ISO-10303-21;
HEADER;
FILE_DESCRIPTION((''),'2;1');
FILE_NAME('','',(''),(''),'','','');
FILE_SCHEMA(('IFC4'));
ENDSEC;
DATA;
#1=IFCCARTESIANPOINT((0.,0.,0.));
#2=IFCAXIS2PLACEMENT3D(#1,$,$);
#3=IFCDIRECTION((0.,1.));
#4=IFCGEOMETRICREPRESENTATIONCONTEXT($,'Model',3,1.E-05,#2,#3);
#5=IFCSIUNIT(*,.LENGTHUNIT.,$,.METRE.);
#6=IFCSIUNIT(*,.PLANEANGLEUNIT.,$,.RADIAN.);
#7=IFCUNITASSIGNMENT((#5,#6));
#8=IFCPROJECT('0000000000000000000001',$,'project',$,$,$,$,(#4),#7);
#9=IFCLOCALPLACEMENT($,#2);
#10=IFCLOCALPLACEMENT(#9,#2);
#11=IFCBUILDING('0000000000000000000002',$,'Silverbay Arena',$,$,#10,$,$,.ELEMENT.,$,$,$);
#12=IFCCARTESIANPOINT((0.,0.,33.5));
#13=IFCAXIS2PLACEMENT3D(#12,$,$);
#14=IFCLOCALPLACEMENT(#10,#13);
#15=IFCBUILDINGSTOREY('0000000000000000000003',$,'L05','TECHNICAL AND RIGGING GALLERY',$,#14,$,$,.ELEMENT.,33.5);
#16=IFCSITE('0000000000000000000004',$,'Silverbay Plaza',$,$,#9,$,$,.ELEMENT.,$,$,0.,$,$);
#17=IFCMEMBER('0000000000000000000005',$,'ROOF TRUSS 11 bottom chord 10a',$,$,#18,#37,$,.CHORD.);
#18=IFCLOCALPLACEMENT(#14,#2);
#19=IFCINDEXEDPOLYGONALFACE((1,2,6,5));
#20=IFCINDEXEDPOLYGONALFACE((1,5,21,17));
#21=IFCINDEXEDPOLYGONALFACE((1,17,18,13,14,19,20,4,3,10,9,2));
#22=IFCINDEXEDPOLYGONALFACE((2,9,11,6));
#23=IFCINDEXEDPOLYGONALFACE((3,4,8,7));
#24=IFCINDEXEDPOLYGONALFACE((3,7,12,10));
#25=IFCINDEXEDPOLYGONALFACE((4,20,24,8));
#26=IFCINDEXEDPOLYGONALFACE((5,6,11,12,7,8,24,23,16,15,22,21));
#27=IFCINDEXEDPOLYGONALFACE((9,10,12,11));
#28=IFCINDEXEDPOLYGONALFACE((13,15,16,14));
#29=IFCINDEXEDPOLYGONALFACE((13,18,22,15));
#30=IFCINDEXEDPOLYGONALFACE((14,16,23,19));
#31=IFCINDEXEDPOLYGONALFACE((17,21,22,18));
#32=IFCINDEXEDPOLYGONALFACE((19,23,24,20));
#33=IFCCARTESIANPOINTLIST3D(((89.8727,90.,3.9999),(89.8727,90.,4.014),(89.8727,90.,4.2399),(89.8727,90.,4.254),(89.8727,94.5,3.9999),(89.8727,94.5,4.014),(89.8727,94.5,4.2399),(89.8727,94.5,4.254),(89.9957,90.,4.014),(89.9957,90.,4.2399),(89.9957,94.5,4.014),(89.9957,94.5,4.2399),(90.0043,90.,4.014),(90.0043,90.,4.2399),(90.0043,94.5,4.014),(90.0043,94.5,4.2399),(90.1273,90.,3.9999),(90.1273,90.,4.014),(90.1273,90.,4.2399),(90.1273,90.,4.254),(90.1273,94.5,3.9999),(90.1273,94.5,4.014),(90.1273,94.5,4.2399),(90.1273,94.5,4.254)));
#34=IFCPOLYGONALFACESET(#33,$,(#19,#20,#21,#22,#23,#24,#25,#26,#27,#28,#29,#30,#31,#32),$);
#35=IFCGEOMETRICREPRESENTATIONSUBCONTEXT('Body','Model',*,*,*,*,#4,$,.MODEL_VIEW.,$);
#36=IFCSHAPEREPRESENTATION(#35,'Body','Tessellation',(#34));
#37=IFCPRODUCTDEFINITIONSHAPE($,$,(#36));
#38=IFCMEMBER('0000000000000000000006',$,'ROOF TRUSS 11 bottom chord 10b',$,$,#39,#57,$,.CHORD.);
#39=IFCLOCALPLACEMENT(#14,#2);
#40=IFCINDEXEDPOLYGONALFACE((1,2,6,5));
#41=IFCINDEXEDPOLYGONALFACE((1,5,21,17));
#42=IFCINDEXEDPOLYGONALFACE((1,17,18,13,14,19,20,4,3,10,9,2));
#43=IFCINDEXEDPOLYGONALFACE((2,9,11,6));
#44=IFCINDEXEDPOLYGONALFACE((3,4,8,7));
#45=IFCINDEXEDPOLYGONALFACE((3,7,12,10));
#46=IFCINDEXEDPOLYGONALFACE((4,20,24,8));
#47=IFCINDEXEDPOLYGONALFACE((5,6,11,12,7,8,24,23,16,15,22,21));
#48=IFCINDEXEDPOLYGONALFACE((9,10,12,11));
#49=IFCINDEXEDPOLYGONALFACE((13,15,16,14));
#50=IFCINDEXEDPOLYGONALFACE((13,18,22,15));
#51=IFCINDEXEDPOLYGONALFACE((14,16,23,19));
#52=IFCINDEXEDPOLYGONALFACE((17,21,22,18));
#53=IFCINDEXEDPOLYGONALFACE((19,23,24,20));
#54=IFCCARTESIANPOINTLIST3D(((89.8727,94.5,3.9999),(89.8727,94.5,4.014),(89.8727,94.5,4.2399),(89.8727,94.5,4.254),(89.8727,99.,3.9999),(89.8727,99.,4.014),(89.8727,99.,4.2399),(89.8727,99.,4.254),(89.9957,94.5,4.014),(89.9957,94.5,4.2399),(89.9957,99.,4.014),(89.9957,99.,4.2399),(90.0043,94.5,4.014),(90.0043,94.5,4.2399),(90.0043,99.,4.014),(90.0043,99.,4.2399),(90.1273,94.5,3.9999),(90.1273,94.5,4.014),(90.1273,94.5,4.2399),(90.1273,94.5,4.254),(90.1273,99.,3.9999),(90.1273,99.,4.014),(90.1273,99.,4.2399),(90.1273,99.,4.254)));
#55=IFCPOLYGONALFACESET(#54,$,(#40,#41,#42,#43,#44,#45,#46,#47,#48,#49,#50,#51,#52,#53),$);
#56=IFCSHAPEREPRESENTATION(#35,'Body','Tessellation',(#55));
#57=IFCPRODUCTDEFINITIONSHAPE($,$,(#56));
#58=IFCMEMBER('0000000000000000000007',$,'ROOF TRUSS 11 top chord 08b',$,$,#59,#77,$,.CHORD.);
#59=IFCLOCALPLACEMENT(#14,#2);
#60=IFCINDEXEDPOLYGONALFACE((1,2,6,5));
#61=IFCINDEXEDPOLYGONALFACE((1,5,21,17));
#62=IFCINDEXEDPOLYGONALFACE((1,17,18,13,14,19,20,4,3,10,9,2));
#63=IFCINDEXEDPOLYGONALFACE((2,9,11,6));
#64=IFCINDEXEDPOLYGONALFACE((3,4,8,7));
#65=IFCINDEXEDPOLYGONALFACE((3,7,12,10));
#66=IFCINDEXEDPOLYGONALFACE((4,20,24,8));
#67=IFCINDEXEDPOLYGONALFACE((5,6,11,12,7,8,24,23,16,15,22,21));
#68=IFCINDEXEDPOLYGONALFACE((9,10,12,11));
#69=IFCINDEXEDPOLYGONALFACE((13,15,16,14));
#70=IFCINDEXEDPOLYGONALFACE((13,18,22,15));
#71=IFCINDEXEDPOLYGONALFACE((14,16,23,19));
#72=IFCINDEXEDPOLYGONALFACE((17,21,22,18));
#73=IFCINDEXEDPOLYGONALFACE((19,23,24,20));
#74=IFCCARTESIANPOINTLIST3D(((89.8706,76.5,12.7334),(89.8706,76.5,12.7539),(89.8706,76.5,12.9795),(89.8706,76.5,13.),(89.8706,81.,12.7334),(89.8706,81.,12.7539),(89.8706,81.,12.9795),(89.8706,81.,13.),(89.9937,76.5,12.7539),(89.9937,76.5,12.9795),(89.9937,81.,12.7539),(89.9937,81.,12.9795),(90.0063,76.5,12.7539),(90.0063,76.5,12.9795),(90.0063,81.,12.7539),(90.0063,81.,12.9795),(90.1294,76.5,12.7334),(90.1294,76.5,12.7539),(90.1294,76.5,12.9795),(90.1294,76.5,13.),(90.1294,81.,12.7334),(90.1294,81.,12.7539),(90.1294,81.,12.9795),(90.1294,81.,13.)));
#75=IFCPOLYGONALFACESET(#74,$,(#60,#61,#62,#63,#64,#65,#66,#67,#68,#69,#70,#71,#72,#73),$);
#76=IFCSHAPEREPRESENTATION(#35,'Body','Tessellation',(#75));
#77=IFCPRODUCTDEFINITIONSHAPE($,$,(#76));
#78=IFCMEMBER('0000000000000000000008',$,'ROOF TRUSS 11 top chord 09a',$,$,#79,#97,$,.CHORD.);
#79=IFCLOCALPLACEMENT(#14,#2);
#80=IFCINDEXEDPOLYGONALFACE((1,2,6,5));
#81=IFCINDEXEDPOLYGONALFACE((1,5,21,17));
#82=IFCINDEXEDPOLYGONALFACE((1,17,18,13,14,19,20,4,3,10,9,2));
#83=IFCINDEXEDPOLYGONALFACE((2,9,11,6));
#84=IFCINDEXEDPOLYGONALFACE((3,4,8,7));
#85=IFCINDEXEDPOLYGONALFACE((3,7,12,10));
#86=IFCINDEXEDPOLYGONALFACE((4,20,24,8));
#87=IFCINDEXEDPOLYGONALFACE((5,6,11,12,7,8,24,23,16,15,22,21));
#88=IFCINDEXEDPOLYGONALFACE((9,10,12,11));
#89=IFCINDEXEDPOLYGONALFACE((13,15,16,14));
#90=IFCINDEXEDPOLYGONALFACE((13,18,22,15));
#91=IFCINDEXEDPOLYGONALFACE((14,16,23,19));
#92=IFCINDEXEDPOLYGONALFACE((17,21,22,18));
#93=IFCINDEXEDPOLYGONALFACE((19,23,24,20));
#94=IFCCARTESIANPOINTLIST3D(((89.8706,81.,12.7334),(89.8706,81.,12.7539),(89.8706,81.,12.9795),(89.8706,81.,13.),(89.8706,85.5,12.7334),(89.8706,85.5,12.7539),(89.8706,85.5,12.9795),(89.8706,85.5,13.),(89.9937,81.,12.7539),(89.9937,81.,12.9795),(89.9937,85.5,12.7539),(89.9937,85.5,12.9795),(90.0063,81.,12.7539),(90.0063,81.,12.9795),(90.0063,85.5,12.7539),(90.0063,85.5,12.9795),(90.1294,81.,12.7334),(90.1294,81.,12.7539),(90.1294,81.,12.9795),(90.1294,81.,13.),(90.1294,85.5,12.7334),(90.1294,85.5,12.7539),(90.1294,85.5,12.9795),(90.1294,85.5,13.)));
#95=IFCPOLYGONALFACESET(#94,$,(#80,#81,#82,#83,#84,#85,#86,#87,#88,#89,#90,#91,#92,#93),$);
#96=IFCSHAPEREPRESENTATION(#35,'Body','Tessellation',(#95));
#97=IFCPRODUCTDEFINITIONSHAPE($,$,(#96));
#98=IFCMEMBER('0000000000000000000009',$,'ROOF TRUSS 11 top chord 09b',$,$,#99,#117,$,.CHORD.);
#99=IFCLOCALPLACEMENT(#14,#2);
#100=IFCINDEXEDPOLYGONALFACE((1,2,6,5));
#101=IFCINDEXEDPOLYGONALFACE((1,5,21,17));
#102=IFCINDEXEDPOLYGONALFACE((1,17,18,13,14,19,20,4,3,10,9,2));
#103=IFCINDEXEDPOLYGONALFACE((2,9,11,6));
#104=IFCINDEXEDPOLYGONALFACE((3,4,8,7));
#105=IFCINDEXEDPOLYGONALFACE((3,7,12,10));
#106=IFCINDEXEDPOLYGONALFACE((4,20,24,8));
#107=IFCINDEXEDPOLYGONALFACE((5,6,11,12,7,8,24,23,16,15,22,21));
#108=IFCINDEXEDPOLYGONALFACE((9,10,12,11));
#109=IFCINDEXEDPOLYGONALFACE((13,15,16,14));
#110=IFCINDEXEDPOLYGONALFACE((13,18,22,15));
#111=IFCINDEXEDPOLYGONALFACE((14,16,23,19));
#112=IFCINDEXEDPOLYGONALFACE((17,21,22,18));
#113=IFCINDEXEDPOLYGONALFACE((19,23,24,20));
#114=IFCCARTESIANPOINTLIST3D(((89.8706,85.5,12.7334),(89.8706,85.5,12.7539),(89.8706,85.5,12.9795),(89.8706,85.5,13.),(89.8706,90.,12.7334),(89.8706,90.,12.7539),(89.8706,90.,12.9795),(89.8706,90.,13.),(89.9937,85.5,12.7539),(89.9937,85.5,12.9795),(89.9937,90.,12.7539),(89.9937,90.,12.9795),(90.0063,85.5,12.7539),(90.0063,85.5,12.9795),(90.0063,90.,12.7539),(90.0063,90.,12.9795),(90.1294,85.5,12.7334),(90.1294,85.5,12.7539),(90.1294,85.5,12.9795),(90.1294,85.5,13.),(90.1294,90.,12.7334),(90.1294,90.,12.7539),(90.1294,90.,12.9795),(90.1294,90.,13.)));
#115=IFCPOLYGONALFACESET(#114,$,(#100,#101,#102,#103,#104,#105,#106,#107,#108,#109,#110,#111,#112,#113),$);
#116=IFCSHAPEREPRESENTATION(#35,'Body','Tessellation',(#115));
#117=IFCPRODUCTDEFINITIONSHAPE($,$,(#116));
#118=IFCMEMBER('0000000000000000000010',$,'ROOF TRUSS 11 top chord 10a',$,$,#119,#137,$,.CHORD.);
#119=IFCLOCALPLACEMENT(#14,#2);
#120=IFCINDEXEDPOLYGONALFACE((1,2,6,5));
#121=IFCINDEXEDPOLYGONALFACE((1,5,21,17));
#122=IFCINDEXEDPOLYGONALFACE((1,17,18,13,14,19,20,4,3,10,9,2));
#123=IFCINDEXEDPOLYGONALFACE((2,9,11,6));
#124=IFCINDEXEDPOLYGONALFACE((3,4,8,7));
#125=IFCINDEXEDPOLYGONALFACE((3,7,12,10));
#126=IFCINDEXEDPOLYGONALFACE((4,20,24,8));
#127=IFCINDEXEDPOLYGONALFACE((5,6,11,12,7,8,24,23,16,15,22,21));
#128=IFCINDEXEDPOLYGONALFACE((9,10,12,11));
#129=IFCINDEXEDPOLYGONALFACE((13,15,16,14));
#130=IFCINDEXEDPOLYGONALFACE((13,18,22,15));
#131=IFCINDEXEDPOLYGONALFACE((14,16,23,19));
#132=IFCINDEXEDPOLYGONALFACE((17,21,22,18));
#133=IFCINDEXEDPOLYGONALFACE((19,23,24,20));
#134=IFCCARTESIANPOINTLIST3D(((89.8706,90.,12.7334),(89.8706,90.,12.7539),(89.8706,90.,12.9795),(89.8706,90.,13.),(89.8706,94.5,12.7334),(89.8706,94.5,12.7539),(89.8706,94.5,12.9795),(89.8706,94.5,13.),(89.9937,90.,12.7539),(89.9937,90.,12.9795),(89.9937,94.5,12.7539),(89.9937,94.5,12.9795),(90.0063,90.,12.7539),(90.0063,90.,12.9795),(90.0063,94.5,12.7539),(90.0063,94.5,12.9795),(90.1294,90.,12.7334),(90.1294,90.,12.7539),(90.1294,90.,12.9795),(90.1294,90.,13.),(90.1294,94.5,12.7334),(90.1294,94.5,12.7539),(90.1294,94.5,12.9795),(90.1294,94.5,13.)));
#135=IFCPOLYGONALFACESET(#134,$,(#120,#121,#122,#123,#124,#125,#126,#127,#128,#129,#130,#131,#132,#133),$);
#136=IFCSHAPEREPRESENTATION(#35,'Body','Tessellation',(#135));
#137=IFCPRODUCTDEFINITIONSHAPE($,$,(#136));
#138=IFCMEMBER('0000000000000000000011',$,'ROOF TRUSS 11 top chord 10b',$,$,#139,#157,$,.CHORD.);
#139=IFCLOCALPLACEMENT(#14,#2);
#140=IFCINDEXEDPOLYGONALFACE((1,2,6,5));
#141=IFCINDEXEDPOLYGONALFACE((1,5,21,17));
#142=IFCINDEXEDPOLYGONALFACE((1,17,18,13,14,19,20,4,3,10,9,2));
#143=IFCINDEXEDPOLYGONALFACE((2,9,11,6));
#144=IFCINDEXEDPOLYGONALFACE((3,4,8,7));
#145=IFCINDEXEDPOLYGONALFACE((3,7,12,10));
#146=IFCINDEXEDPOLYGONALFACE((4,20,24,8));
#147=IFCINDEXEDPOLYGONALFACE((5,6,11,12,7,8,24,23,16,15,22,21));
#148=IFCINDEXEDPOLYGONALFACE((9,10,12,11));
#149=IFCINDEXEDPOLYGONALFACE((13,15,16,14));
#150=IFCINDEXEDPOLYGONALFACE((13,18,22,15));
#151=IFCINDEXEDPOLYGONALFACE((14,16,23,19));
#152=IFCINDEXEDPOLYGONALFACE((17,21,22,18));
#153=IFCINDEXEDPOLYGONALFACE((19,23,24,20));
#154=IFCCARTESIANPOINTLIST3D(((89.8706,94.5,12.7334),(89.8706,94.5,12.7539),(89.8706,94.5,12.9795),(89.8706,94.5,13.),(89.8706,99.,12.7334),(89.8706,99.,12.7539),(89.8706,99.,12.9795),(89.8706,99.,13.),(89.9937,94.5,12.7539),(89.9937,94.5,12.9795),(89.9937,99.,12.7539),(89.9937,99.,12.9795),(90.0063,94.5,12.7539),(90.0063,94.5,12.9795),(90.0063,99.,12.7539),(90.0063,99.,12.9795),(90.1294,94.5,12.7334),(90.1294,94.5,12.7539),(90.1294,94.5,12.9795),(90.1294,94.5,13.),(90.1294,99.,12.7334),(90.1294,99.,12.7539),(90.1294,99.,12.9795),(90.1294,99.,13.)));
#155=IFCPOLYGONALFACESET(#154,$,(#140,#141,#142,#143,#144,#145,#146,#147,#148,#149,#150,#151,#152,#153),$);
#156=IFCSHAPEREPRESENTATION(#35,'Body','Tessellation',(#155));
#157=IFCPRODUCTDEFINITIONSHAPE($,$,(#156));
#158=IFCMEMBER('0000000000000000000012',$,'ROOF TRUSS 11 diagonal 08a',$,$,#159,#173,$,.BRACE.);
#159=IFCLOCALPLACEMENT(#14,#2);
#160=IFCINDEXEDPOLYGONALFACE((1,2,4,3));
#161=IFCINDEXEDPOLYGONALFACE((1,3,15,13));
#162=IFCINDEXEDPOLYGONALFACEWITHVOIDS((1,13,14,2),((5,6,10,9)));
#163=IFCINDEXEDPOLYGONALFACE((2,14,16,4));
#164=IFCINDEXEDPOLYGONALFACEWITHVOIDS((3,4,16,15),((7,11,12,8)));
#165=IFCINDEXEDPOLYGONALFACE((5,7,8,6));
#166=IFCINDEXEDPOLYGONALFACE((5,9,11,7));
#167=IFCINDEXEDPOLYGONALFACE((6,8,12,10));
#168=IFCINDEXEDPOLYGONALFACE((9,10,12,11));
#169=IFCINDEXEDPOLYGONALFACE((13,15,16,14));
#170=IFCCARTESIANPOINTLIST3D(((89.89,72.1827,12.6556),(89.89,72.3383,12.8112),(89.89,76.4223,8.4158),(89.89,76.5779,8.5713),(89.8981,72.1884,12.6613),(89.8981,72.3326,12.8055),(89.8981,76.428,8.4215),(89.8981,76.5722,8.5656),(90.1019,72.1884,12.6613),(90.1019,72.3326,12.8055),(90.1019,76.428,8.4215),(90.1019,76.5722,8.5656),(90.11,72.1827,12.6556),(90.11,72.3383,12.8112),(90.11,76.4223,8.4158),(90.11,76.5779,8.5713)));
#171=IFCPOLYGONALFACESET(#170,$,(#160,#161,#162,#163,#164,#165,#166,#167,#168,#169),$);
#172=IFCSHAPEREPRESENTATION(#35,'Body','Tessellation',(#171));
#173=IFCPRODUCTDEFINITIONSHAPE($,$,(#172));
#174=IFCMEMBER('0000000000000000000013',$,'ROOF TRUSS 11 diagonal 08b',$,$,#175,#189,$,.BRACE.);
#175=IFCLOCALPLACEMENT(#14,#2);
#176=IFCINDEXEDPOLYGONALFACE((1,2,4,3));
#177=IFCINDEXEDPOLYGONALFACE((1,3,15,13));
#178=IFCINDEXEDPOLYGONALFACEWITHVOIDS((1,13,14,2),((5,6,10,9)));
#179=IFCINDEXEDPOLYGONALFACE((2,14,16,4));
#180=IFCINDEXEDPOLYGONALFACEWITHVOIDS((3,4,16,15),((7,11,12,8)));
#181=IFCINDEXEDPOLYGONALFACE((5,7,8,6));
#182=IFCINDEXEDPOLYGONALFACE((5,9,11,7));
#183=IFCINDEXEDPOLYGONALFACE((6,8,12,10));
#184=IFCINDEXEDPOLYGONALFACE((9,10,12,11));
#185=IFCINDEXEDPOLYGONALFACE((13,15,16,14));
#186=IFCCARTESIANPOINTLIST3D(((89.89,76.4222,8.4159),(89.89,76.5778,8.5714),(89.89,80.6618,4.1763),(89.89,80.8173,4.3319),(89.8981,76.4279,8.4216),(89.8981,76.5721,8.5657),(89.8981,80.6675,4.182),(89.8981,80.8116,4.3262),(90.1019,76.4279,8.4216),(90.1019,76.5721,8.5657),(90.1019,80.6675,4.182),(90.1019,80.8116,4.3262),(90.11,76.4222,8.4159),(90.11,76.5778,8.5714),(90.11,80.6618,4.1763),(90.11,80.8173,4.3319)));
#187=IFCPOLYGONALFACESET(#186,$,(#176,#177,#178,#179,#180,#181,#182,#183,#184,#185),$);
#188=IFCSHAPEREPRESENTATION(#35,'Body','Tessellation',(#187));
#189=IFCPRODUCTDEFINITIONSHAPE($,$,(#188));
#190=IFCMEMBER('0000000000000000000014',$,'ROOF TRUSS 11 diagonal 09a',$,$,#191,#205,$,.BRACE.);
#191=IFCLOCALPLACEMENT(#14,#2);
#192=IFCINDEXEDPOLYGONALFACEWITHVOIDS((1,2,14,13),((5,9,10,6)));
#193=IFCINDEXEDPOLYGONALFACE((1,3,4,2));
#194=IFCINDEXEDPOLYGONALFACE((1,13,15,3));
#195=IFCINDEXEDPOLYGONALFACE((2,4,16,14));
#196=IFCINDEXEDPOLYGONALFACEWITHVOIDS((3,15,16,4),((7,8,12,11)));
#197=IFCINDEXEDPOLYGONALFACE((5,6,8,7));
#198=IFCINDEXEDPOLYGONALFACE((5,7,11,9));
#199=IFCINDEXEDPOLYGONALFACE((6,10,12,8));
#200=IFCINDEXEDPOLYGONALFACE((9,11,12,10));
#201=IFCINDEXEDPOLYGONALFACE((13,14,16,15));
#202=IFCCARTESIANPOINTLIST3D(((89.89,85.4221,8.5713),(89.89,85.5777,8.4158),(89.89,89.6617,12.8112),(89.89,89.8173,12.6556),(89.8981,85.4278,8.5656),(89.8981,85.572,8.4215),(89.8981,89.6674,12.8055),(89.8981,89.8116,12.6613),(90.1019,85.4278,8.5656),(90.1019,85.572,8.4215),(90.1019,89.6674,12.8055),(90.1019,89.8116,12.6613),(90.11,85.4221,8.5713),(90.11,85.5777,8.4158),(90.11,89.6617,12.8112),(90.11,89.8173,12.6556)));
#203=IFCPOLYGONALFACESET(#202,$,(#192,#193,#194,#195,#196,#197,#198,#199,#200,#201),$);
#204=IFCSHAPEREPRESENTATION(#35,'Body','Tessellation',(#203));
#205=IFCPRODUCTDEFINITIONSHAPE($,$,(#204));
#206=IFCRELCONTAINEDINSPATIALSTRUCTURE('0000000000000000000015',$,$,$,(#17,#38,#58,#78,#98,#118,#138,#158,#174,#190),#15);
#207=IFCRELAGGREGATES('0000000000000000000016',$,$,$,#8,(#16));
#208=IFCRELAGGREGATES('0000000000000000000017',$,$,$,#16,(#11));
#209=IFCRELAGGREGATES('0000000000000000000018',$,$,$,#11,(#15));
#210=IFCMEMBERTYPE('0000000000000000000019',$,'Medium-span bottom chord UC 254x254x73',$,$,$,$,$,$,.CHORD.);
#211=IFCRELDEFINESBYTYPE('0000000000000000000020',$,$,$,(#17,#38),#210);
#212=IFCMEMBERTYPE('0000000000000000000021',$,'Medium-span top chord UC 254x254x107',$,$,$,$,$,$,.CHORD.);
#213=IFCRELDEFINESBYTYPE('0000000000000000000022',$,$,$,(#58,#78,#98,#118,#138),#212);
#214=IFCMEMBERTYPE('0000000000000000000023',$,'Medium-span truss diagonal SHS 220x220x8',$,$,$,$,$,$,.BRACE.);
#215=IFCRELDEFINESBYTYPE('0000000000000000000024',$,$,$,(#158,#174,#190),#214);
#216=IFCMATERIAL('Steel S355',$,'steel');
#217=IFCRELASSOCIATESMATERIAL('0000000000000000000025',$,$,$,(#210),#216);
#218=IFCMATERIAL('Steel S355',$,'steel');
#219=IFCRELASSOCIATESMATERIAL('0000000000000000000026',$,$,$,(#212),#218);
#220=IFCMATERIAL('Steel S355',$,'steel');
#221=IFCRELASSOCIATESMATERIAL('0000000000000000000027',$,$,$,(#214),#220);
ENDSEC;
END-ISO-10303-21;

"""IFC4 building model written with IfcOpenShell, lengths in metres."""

from ifc_helpers import new_model, si_unit, direction, frame, origin, origin_2d, place, context, subcontext, project, spatial, hollow_rectangle, i_section, extrude, material, material_profile, profile_set, type_object, element, save


model = new_model("IFC4")

# Units and contexts
model_context = context("Model", 3, precision=1e-05, world=origin(), true_north=direction((0.0, 1.0)))
body_context = subcontext(model_context, "Body", "Model", "MODEL_VIEW")
ifc_project = project(units=[si_unit("LENGTHUNIT", "METRE"), si_unit("PLANEANGLEUNIT", "RADIAN")], contexts=[model_context])

# Site, building, storey
site_placement = place(None, origin())
site = spatial("IfcSite", under=ifc_project, at=site_placement, Name="Silverbay Plaza", CompositionType="ELEMENT", RefElevation=0.0)
building_placement = place(site_placement, origin())
building = spatial("IfcBuilding", under=site, at=building_placement, Name="Silverbay Arena", CompositionType="ELEMENT")
storey_placement = place(building_placement, frame((0.0, 0.0, 33.5)))
storey = spatial("IfcBuildingStorey", under=building, at=storey_placement, Name="L05", Description="TECHNICAL AND RIGGING GALLERY", CompositionType="ELEMENT", Elevation=33.5)

# Members
ifc_material_1 = material(Name="Steel S355", Category="steel")
ifc_material_profile_1 = material_profile(ifc_material_1, i_section(OverallWidth=0.2546, OverallDepth=0.2542, WebThickness=0.0085, FlangeThickness=0.0142, at=origin_2d()), Name="UC 254x254x73")
ifc_profile_set_1 = profile_set([ifc_material_profile_1], Name="Steel S355")
member_type_1 = type_object("IfcMemberType", Name="Medium-span bottom chord UC 254x254x73", PredefinedType="CHORD", material=ifc_profile_set_1)
for number, where, z_axis, x_axis, name in (
    (1, (90.0, 90.0, 4.127), (0.0, 1.0, 0.0), (-1.0, 0.0, 0.0), "ROOF TRUSS 11 bottom chord 10a"),
    (2, (90.0, 94.5, 4.127), (0.0, 1.0, 0.0), (-1.0, 0.0, 0.0), "ROOF TRUSS 11 bottom chord 10b"),
):
    element("IfcMember", number, at=place(storey_placement, frame(where, z_axis=z_axis, x_axis=x_axis)), inside=storey, type_object=member_type_1, Name=name, PredefinedType="CHORD", context=body_context, shape_type="SweptSolid", body=[
        extrude(i_section(OverallWidth=0.2546, OverallDepth=0.2542, WebThickness=0.0085, FlangeThickness=0.0142, at=origin_2d()), origin(), (0.0, 0.0, 1.0), 4.5),
    ])
ifc_material_2 = material(Name="Steel S355", Category="steel")
ifc_material_profile_2 = material_profile(ifc_material_2, i_section(OverallWidth=0.2588, OverallDepth=0.2666, WebThickness=0.0127, FlangeThickness=0.0205, at=origin_2d()), Name="UC 254x254x107")
ifc_profile_set_2 = profile_set([ifc_material_profile_2], Name="Steel S355")
member_type_2 = type_object("IfcMemberType", Name="Medium-span top chord UC 254x254x107", PredefinedType="CHORD", material=ifc_profile_set_2)
for number, where, z_axis, x_axis, name in (
    (3, (90.0, 76.5, 12.8667), (0.0, 1.0, 0.0), (-1.0, 0.0, 0.0), "ROOF TRUSS 11 top chord 08b"),
    (4, (90.0, 81.0, 12.8667), (0.0, 1.0, 0.0), (-1.0, 0.0, 0.0), "ROOF TRUSS 11 top chord 09a"),
    (5, (90.0, 85.5, 12.8667), (0.0, 1.0, 0.0), (-1.0, 0.0, 0.0), "ROOF TRUSS 11 top chord 09b"),
    (6, (90.0, 90.0, 12.8667), (0.0, 1.0, 0.0), (-1.0, 0.0, 0.0), "ROOF TRUSS 11 top chord 10a"),
    (7, (90.0, 94.5, 12.8667), (0.0, 1.0, 0.0), (-1.0, 0.0, 0.0), "ROOF TRUSS 11 top chord 10b"),
):
    element("IfcMember", number, at=place(storey_placement, frame(where, z_axis=z_axis, x_axis=x_axis)), inside=storey, type_object=member_type_2, Name=name, PredefinedType="CHORD", context=body_context, shape_type="SweptSolid", body=[
        extrude(i_section(OverallWidth=0.2588, OverallDepth=0.2666, WebThickness=0.0127, FlangeThickness=0.0205, at=origin_2d()), origin(), (0.0, 0.0, 1.0), 4.5),
    ])
ifc_material_3 = material(Name="Steel S355", Category="steel")
ifc_material_profile_3 = material_profile(ifc_material_3, hollow_rectangle(XDim=0.22, YDim=0.22, WallThickness=0.0081, at=origin_2d()), Name="SHS 220x220x8")
ifc_profile_set_3 = profile_set([ifc_material_profile_3], Name="Steel S355")
member_type_3 = type_object("IfcMemberType", Name="Medium-span truss diagonal SHS 220x220x8", PredefinedType="BRACE", material=ifc_profile_set_3)
member_1_placement = place(storey_placement, frame((90.0, 72.2605, 12.7334), z_axis=(0.0, 0.707086, -0.707127), x_axis=(-1.0, 0.0, 0.0)))
element("IfcMember", 8, at=member_1_placement, inside=storey, type_object=member_type_3, Name="ROOF TRUSS 11 diagonal 08a", PredefinedType="BRACE", context=body_context, shape_type="SweptSolid", body=[
    extrude(hollow_rectangle(XDim=0.22, YDim=0.22, WallThickness=0.0081, at=origin_2d()), origin(), (0.0, 0.0, 1.0), 5.9958),
])
member_2_placement = place(storey_placement, frame((90.0, 76.5, 8.4937), z_axis=(0.0, 0.707107, -0.707107), x_axis=(-1.0, 0.0, 0.0)))
element("IfcMember", 9, at=member_2_placement, inside=storey, type_object=member_type_3, Name="ROOF TRUSS 11 diagonal 08b", PredefinedType="BRACE", context=body_context, shape_type="SweptSolid", body=[
    extrude(hollow_rectangle(XDim=0.22, YDim=0.22, WallThickness=0.0081, at=origin_2d()), origin(), (0.0, 0.0, 1.0), 5.9956),
])
member_3_placement = place(storey_placement, frame((90.0, 89.7395, 12.7334), z_axis=(0.0, -0.707086, -0.707127), x_axis=(1.0, 0.0, 0.0)))
element("IfcMember", 10, at=member_3_placement, inside=storey, type_object=member_type_3, Name="ROOF TRUSS 11 diagonal 09a", PredefinedType="BRACE", context=body_context, shape_type="SweptSolid", body=[
    extrude(hollow_rectangle(XDim=0.22, YDim=0.22, WallThickness=0.0081, at=origin_2d()), origin(), (0.0, 0.0, 1.0), 5.9958),
])

save(model, "model.ifc")
